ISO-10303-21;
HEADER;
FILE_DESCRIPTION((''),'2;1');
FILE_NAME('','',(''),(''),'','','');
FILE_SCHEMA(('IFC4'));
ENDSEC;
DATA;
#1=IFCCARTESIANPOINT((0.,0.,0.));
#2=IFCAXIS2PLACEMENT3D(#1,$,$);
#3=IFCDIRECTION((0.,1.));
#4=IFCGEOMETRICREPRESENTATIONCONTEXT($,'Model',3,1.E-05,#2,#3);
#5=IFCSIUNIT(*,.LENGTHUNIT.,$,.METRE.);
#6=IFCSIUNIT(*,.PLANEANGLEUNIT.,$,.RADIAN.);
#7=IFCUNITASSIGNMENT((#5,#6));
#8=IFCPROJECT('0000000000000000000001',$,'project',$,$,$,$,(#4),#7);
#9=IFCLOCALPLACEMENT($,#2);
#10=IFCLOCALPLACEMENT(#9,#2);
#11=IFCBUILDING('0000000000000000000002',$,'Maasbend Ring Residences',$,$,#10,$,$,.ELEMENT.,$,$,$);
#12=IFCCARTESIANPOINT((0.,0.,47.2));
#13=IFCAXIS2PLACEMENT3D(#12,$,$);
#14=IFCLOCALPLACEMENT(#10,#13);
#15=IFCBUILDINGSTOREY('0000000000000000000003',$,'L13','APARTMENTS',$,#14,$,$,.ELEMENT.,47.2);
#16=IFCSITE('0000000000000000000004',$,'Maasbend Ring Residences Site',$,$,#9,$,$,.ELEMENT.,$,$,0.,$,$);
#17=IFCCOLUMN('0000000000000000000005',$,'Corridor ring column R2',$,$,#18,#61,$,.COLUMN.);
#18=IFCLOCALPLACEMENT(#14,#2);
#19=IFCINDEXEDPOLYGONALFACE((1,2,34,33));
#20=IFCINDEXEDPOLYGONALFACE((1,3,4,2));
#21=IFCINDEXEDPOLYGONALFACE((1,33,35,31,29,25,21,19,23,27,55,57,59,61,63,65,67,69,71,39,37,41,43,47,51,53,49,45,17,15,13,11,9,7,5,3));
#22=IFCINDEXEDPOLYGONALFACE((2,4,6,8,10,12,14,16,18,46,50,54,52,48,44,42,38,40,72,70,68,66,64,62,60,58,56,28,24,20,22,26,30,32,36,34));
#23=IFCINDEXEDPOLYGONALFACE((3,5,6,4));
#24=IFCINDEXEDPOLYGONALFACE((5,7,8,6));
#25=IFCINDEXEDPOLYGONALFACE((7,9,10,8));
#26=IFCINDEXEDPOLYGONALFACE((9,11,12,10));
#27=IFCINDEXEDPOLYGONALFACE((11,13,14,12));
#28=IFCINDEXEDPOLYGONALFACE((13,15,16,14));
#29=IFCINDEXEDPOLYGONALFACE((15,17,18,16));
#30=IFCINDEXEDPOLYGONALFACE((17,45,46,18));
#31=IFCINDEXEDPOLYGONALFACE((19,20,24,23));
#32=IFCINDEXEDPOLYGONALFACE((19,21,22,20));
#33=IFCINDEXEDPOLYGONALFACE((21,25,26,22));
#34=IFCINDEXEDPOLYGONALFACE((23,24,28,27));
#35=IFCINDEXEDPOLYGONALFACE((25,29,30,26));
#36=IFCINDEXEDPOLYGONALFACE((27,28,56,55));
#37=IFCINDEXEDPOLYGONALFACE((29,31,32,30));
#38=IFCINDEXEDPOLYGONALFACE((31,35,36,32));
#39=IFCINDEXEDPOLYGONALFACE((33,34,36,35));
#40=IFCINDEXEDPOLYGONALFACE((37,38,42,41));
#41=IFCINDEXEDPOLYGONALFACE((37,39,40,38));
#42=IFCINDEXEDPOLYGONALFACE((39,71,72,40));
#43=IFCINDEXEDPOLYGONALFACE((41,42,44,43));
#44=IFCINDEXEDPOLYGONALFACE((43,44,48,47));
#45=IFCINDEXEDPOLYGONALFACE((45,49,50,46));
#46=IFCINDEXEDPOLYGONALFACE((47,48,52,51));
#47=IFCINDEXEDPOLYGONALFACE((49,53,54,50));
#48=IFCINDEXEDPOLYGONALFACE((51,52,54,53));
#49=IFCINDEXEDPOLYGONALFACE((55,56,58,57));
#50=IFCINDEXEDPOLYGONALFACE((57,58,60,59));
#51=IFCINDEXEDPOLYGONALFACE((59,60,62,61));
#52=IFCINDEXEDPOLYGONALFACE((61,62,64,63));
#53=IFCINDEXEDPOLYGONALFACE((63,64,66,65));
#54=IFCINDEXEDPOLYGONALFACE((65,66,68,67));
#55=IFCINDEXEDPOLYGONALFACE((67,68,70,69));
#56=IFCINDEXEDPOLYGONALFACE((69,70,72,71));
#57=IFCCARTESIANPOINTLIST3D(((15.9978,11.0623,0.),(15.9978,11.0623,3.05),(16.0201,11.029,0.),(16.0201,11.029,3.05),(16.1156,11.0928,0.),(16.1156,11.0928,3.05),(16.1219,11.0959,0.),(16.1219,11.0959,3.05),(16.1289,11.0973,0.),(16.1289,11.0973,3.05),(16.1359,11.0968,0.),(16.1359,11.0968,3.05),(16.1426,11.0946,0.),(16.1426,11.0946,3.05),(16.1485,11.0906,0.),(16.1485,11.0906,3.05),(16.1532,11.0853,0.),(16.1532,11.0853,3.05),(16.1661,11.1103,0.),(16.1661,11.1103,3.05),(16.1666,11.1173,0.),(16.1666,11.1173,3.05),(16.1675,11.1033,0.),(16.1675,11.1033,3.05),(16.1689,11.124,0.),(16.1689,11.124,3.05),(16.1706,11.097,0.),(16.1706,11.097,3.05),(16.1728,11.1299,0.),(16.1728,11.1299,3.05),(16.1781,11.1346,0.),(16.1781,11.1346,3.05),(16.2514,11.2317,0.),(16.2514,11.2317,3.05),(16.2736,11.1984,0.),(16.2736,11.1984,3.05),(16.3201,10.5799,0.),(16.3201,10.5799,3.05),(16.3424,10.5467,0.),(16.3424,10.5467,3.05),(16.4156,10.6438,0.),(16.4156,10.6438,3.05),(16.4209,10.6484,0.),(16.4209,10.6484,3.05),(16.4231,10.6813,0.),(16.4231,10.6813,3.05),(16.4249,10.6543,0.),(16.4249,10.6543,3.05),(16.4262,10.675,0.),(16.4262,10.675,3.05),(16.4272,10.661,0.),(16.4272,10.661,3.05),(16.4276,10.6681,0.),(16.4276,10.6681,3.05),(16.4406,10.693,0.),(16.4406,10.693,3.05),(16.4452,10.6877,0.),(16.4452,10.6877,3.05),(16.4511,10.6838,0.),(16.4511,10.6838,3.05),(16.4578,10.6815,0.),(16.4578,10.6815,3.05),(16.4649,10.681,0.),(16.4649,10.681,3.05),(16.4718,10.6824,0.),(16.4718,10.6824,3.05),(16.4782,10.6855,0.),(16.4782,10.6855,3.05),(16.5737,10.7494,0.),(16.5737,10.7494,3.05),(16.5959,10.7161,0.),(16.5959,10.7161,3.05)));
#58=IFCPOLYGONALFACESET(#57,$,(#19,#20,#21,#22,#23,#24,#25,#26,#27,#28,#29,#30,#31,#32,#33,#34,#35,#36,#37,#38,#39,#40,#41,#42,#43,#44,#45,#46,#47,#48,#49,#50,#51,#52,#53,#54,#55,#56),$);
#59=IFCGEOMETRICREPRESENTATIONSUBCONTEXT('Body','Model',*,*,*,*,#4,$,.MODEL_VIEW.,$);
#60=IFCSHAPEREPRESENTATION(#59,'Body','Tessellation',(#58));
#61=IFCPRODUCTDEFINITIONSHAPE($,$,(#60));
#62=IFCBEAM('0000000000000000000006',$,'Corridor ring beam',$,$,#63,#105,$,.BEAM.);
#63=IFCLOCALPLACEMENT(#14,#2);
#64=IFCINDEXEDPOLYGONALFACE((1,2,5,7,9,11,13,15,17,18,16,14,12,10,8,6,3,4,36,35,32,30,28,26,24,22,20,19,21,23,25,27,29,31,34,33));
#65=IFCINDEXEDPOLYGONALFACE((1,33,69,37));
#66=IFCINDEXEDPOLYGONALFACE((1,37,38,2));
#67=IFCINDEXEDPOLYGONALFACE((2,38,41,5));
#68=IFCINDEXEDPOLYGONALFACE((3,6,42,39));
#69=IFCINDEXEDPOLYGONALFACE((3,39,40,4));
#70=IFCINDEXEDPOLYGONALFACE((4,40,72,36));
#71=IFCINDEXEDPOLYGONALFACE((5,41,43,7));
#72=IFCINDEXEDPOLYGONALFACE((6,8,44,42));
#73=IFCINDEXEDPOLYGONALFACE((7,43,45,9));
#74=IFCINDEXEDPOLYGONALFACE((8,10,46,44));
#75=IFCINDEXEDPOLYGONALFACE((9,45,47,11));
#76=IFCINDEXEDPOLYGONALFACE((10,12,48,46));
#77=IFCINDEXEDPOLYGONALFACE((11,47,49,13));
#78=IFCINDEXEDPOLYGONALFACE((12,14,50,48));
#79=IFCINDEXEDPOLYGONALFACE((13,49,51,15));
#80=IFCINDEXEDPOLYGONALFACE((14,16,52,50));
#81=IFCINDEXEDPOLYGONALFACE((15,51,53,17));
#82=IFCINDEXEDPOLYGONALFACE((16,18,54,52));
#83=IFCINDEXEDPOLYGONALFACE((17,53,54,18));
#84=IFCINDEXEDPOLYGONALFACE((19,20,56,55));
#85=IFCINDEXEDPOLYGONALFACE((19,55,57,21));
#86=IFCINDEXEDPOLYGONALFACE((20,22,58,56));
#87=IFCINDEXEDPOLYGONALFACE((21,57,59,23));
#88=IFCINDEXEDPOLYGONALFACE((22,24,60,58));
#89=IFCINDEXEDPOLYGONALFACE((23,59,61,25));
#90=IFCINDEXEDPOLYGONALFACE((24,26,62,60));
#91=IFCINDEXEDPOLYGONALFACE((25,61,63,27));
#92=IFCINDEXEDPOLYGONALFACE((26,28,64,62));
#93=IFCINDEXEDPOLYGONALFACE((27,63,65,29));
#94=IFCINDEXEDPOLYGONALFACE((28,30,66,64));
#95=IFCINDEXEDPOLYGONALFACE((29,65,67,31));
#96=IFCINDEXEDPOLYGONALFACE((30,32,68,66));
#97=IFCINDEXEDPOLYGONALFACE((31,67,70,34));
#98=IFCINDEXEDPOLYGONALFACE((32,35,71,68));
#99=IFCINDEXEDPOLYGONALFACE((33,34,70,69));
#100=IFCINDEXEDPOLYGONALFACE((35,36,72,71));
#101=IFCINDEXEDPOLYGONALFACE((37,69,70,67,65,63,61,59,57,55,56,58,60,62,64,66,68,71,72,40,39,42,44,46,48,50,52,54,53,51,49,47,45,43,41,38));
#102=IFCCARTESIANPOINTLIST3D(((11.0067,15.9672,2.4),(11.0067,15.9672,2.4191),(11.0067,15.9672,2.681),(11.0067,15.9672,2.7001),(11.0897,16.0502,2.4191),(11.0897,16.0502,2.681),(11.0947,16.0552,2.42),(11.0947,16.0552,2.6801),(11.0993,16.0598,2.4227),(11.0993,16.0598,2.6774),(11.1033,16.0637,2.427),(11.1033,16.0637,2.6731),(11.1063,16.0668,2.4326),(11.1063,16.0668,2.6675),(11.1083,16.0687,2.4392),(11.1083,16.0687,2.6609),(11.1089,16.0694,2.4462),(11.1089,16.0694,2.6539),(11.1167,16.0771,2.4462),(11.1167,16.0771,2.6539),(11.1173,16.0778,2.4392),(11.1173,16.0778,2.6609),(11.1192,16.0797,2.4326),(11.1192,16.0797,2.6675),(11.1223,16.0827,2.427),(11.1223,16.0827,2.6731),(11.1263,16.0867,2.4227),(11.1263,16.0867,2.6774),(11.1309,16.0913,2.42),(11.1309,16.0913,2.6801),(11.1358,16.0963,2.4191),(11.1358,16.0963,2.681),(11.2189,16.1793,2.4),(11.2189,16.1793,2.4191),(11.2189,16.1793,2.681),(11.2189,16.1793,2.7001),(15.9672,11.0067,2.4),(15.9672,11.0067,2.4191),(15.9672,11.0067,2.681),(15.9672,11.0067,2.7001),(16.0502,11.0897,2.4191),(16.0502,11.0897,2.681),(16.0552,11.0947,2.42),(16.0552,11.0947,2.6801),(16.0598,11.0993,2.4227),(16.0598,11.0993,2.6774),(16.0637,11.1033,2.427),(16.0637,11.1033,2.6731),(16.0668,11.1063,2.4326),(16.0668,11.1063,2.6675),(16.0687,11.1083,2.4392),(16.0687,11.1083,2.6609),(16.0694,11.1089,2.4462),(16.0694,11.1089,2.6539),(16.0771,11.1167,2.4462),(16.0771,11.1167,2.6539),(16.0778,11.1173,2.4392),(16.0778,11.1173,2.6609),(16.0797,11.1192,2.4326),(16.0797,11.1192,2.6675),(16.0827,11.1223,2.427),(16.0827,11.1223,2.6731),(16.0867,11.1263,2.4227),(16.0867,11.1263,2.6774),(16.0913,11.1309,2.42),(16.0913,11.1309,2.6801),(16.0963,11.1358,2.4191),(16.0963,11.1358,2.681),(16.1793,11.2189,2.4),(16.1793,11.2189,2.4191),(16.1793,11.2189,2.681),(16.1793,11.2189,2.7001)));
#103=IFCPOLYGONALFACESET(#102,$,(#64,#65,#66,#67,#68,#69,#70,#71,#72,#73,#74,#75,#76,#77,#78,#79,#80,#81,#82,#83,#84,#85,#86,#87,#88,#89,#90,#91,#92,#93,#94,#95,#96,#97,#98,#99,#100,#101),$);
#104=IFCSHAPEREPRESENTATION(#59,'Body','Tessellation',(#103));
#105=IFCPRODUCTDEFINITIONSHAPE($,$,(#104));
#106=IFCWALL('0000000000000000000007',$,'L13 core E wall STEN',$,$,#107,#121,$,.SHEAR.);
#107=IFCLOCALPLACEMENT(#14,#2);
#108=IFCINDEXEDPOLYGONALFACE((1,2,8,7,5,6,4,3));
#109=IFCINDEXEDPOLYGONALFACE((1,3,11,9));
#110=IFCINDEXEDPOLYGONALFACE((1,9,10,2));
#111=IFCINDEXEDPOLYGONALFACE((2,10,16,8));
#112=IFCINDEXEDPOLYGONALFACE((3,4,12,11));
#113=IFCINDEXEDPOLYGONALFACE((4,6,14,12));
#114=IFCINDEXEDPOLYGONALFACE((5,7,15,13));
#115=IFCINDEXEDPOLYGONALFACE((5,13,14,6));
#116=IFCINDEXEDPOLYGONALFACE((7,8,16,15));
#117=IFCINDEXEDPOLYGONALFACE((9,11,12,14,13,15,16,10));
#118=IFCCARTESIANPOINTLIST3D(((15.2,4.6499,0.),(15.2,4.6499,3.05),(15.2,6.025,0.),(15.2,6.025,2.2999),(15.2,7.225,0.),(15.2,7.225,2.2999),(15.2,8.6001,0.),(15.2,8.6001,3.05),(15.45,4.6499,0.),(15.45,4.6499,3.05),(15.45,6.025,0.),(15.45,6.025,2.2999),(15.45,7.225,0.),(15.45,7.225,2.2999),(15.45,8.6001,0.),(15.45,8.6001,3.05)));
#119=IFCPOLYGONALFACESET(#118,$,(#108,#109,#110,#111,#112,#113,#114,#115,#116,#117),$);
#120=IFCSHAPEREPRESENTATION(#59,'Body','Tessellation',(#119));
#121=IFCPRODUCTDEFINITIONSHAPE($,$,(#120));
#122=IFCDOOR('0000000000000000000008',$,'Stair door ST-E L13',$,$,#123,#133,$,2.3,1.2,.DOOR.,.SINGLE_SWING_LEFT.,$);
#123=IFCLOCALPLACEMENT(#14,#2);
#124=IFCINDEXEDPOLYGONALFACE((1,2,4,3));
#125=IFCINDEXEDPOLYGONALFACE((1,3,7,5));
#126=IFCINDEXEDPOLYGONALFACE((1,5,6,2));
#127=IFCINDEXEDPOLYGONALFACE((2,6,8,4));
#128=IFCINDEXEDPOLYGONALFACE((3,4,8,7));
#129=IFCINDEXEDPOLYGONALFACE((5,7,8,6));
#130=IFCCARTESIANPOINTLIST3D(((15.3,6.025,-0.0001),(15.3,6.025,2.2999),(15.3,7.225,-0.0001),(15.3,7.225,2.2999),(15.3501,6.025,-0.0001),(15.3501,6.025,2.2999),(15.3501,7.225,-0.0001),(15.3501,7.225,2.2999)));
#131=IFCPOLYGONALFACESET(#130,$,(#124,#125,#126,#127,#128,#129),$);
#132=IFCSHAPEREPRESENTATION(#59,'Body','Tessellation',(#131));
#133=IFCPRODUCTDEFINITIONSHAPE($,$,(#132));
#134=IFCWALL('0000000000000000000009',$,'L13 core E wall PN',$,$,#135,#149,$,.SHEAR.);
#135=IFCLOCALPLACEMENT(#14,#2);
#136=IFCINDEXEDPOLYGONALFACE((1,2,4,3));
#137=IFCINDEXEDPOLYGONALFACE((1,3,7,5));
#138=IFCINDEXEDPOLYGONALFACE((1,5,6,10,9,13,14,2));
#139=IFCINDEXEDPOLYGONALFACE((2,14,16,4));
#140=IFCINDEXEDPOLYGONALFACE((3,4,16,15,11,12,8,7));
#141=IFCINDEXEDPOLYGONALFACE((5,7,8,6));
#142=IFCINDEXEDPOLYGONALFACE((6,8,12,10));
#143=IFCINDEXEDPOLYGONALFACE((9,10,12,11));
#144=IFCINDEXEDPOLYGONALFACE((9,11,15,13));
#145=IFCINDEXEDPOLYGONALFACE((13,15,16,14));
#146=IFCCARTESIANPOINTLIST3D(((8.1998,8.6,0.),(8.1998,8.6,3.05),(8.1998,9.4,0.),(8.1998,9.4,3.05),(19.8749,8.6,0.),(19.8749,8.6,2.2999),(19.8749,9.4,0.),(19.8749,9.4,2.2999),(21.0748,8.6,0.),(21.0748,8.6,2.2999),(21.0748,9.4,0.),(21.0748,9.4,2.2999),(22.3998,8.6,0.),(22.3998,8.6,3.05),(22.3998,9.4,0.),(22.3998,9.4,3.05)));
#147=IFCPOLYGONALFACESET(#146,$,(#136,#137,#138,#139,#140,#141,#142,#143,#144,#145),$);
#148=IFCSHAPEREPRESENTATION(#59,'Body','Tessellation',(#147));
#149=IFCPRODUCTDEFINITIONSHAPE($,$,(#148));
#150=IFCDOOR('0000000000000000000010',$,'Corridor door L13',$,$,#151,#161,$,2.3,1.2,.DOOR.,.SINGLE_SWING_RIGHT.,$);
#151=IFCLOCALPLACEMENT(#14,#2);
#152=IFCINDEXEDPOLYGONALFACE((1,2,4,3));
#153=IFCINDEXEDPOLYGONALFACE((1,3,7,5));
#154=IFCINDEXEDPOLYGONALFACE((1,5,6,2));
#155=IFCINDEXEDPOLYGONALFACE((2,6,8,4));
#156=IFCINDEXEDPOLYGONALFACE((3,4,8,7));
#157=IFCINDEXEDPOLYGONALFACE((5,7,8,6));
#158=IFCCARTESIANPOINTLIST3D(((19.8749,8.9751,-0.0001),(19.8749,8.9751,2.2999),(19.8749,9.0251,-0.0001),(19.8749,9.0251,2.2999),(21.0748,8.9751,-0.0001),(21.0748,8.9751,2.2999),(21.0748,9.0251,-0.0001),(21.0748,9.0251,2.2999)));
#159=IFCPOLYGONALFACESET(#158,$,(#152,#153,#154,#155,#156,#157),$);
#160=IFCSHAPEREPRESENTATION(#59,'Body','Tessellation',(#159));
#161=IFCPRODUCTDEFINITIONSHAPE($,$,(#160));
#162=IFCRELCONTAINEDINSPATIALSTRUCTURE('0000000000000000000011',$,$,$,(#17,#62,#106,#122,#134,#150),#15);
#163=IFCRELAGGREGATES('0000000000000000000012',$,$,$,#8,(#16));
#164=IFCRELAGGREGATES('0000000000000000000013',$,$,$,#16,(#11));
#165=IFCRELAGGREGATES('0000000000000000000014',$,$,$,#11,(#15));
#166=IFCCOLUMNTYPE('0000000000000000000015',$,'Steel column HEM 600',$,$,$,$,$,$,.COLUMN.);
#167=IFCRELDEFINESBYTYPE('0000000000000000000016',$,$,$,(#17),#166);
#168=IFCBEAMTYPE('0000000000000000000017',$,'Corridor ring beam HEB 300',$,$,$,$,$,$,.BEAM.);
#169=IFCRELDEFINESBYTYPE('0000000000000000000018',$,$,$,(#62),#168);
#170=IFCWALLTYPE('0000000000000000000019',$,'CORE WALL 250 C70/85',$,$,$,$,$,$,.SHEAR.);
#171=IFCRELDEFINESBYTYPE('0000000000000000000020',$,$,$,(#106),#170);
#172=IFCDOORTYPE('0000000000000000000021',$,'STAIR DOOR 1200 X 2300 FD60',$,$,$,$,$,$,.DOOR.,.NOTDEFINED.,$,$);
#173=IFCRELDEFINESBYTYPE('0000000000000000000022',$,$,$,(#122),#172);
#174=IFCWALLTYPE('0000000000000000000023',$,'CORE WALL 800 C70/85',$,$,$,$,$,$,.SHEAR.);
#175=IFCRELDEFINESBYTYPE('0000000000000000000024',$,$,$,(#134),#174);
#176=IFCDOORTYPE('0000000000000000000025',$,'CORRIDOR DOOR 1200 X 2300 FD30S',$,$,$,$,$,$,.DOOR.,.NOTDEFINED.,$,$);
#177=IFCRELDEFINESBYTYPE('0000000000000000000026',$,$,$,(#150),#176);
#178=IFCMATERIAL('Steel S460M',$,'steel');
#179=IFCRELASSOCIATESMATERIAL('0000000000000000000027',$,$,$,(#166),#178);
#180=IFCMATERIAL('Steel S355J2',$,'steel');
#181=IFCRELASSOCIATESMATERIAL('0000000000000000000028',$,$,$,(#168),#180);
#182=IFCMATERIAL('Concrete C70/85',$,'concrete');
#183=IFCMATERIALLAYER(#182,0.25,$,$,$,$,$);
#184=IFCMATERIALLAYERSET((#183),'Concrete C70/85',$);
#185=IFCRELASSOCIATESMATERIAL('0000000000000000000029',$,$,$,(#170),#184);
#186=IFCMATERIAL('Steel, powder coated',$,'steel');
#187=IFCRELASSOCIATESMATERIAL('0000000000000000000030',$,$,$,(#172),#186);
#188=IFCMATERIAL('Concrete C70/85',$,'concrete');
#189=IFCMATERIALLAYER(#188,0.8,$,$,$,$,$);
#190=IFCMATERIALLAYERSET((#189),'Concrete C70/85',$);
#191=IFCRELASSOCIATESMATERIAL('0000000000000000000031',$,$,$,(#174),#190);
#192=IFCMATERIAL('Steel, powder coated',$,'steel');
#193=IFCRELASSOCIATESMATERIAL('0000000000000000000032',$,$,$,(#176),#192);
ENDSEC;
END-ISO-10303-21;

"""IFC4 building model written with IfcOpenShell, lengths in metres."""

from ifc_helpers import new_model, si_unit, direction, frame, frame_2d, origin, origin_2d, place, context, subcontext, project, spatial, rectangle, i_section, extrude, material, layer, layer_set, material_profile, profile_set, type_object, element, fill, save


model = new_model("IFC4")

# Units and contexts
model_context = context("Model", 3, precision=1e-05, world=origin(), true_north=direction((0.0, 1.0)))
body_context = subcontext(model_context, "Body", "Model", "MODEL_VIEW")
ifc_project = project(units=[si_unit("LENGTHUNIT", "METRE"), si_unit("PLANEANGLEUNIT", "RADIAN")], contexts=[model_context])

# Site, building, storey
site_placement = place(None, origin())
site = spatial("IfcSite", under=ifc_project, at=site_placement, Name="Maasbend Ring Residences Site", CompositionType="ELEMENT", RefElevation=0.0)
building_placement = place(site_placement, origin())
building = spatial("IfcBuilding", under=site, at=building_placement, Name="Maasbend Ring Residences", CompositionType="ELEMENT")
storey_placement = place(building_placement, frame((0.0, 0.0, 47.2)))
storey = spatial("IfcBuildingStorey", under=building, at=storey_placement, Name="L13", Description="APARTMENTS", CompositionType="ELEMENT", Elevation=47.2)

# Column
ifc_material_1 = material(Name="Steel S460M", Category="steel")
ifc_material_profile_1 = material_profile(ifc_material_1, i_section(OverallWidth=0.3049, OverallDepth=0.6201, WebThickness=0.021, FlangeThickness=0.04, FilletRadius=0.0271, at=origin_2d()), Name="HEM 600")
ifc_profile_set_1 = profile_set([ifc_material_profile_1], Name="Steel S460M")
column_type = type_object("IfcColumnType", Name="Steel column HEM 600", PredefinedType="COLUMN", material=ifc_profile_set_1)
column_placement = place(storey_placement, frame((16.2969, 10.8892, 0.0), z_axis=(0.0, 0.0, 1.0), x_axis=(0.83147, 0.55557, 0.0)))
element("IfcColumn", 1, at=column_placement, inside=storey, type_object=column_type, Name="Corridor ring column R2", PredefinedType="COLUMN", context=body_context, shape_type="SweptSolid", body=[
    extrude(i_section(OverallWidth=0.3049, OverallDepth=0.6201, WebThickness=0.021, FlangeThickness=0.04, FilletRadius=0.0271, at=origin_2d()), origin(), (0.0, 0.0, 1.0), 3.05),
])

# Beam
ifc_material_2 = material(Name="Steel S355J2", Category="steel")
ifc_material_profile_2 = material_profile(ifc_material_2, i_section(OverallWidth=0.3, OverallDepth=0.3, WebThickness=0.011, FlangeThickness=0.019, FilletRadius=0.0271, at=origin_2d()), Name="HEB 300")
ifc_profile_set_2 = profile_set([ifc_material_profile_2], Name="Steel S355J2")
beam_type = type_object("IfcBeamType", Name="Corridor ring beam HEB 300", PredefinedType="BEAM", material=ifc_profile_set_2)
beam_placement = place(storey_placement, frame((16.0732, 11.1128, 2.55), z_axis=(-0.707107, 0.707107, 0.0), x_axis=(-0.707107, -0.707107, 0.0)))
element("IfcBeam", 2, at=beam_placement, inside=storey, type_object=beam_type, Name="Corridor ring beam", PredefinedType="BEAM", context=body_context, shape_type="SweptSolid", body=[
    extrude(i_section(OverallWidth=0.3, OverallDepth=0.3, WebThickness=0.011, FlangeThickness=0.019, FilletRadius=0.0271, at=origin_2d()), origin(), (0.0, 0.0, 1.0), 7.0151),
])

# Walls, openings, doors
ifc_material_3 = material(Name="Concrete C70/85", Category="concrete")
ifc_layer_1 = layer(ifc_material_3, 0.25)
ifc_layer_set_1 = layer_set([ifc_layer_1], Name="Concrete C70/85")
wall_type_1 = type_object("IfcWallType", Name="CORE WALL 250 C70/85", PredefinedType="SHEAR", material=ifc_layer_set_1)
wall_1_placement = place(storey_placement, frame((15.325, 4.6499, 0.0), z_axis=(0.0, 0.0, 1.0), x_axis=(0.0, 1.0, 0.0)))
wall_1 = element("IfcWall", 3, at=wall_1_placement, inside=storey, type_object=wall_type_1, Name="L13 core E wall STEN", PredefinedType="SHEAR", context=body_context, shape_type="SweptSolid", body=[
    extrude(rectangle(XDim=3.9502, YDim=0.25, at=frame_2d((1.9751, 0.0))), origin(), (0.0, 0.0, 1.0), 3.05),
])
opening_1_placement = place(wall_1_placement, frame((1.375, 0.0, 0.0)))
opening_1 = element("IfcOpeningElement", 4, at=opening_1_placement, cuts=wall_1, PredefinedType="OPENING", context=body_context, shape_type="SweptSolid", body=[
    extrude(rectangle(XDim=1.2, YDim=2.3, at=frame_2d((0.6001, 1.1499))), frame((0.0, 0.135, 0.0), z_axis=(0.0, -1.0, 0.0), x_axis=(1.0, 0.0, 0.0)), (0.0, 0.0, 1.0), 0.27),
])
ifc_material_4 = material(Name="Steel, powder coated", Category="steel")
door_type_1 = type_object("IfcDoorType", Name="STAIR DOOR 1200 X 2300 FD60", OperationType="NOTDEFINED", PredefinedType="DOOR", material=ifc_material_4)
door_1_placement = place(opening_1_placement, origin())
door_1 = element("IfcDoor", 5, at=door_1_placement, inside=storey, type_object=door_type_1, Name="Stair door ST-E L13", OperationType="SINGLE_SWING_LEFT", OverallHeight=2.3, OverallWidth=1.2, PredefinedType="DOOR", context=body_context, shape_type="SweptSolid", body=[
    extrude(rectangle(XDim=1.2, YDim=2.3, at=frame_2d((0.6001, 1.1499))), frame((0.0, 0.0249, 0.0), z_axis=(0.0, -1.0, 0.0), x_axis=(1.0, 0.0, 0.0)), (0.0, 0.0, 1.0), 0.05),
])
fill(opening_1, door_1)
ifc_material_5 = material(Name="Concrete C70/85", Category="concrete")
ifc_layer_2 = layer(ifc_material_5, 0.8)
ifc_layer_set_2 = layer_set([ifc_layer_2], Name="Concrete C70/85")
wall_type_2 = type_object("IfcWallType", Name="CORE WALL 800 C70/85", PredefinedType="SHEAR", material=ifc_layer_set_2)
wall_2_placement = place(storey_placement, frame((22.3999, 9.0, 0.0), z_axis=(0.0, 0.0, 1.0), x_axis=(-1.0, 0.0, 0.0)))
wall_2 = element("IfcWall", 6, at=wall_2_placement, inside=storey, type_object=wall_type_2, Name="L13 core E wall PN", PredefinedType="SHEAR", context=body_context, shape_type="SweptSolid", body=[
    extrude(rectangle(XDim=14.2, YDim=0.8, at=frame_2d((7.1001, 0.0))), origin(), (0.0, 0.0, 1.0), 3.05),
])
opening_2_placement = place(wall_2_placement, frame((1.325, 0.0, 0.0)))
opening_2 = element("IfcOpeningElement", 7, at=opening_2_placement, cuts=wall_2, PredefinedType="OPENING", context=body_context, shape_type="SweptSolid", body=[
    extrude(rectangle(XDim=1.2, YDim=2.3, at=frame_2d((0.6001, 1.1499))), frame((0.0, 0.4102, 0.0), z_axis=(0.0, -1.0, 0.0), x_axis=(1.0, 0.0, 0.0)), (0.0, 0.0, 1.0), 0.8201),
])
ifc_material_6 = material(Name="Steel, powder coated", Category="steel")
door_type_2 = type_object("IfcDoorType", Name="CORRIDOR DOOR 1200 X 2300 FD30S", OperationType="NOTDEFINED", PredefinedType="DOOR", material=ifc_material_6)
door_2_placement = place(opening_2_placement, origin())
door_2 = element("IfcDoor", 8, at=door_2_placement, inside=storey, type_object=door_type_2, Name="Corridor door L13", OperationType="SINGLE_SWING_RIGHT", OverallHeight=2.3, OverallWidth=1.2, PredefinedType="DOOR", context=body_context, shape_type="SweptSolid", body=[
    extrude(rectangle(XDim=1.2, YDim=2.3, at=frame_2d((0.6001, 1.1499))), frame((0.0, 0.0249, 0.0), z_axis=(0.0, -1.0, 0.0), x_axis=(1.0, 0.0, 0.0)), (0.0, 0.0, 1.0), 0.05),
])
fill(opening_2, door_2)

save(model, "model.ifc")
